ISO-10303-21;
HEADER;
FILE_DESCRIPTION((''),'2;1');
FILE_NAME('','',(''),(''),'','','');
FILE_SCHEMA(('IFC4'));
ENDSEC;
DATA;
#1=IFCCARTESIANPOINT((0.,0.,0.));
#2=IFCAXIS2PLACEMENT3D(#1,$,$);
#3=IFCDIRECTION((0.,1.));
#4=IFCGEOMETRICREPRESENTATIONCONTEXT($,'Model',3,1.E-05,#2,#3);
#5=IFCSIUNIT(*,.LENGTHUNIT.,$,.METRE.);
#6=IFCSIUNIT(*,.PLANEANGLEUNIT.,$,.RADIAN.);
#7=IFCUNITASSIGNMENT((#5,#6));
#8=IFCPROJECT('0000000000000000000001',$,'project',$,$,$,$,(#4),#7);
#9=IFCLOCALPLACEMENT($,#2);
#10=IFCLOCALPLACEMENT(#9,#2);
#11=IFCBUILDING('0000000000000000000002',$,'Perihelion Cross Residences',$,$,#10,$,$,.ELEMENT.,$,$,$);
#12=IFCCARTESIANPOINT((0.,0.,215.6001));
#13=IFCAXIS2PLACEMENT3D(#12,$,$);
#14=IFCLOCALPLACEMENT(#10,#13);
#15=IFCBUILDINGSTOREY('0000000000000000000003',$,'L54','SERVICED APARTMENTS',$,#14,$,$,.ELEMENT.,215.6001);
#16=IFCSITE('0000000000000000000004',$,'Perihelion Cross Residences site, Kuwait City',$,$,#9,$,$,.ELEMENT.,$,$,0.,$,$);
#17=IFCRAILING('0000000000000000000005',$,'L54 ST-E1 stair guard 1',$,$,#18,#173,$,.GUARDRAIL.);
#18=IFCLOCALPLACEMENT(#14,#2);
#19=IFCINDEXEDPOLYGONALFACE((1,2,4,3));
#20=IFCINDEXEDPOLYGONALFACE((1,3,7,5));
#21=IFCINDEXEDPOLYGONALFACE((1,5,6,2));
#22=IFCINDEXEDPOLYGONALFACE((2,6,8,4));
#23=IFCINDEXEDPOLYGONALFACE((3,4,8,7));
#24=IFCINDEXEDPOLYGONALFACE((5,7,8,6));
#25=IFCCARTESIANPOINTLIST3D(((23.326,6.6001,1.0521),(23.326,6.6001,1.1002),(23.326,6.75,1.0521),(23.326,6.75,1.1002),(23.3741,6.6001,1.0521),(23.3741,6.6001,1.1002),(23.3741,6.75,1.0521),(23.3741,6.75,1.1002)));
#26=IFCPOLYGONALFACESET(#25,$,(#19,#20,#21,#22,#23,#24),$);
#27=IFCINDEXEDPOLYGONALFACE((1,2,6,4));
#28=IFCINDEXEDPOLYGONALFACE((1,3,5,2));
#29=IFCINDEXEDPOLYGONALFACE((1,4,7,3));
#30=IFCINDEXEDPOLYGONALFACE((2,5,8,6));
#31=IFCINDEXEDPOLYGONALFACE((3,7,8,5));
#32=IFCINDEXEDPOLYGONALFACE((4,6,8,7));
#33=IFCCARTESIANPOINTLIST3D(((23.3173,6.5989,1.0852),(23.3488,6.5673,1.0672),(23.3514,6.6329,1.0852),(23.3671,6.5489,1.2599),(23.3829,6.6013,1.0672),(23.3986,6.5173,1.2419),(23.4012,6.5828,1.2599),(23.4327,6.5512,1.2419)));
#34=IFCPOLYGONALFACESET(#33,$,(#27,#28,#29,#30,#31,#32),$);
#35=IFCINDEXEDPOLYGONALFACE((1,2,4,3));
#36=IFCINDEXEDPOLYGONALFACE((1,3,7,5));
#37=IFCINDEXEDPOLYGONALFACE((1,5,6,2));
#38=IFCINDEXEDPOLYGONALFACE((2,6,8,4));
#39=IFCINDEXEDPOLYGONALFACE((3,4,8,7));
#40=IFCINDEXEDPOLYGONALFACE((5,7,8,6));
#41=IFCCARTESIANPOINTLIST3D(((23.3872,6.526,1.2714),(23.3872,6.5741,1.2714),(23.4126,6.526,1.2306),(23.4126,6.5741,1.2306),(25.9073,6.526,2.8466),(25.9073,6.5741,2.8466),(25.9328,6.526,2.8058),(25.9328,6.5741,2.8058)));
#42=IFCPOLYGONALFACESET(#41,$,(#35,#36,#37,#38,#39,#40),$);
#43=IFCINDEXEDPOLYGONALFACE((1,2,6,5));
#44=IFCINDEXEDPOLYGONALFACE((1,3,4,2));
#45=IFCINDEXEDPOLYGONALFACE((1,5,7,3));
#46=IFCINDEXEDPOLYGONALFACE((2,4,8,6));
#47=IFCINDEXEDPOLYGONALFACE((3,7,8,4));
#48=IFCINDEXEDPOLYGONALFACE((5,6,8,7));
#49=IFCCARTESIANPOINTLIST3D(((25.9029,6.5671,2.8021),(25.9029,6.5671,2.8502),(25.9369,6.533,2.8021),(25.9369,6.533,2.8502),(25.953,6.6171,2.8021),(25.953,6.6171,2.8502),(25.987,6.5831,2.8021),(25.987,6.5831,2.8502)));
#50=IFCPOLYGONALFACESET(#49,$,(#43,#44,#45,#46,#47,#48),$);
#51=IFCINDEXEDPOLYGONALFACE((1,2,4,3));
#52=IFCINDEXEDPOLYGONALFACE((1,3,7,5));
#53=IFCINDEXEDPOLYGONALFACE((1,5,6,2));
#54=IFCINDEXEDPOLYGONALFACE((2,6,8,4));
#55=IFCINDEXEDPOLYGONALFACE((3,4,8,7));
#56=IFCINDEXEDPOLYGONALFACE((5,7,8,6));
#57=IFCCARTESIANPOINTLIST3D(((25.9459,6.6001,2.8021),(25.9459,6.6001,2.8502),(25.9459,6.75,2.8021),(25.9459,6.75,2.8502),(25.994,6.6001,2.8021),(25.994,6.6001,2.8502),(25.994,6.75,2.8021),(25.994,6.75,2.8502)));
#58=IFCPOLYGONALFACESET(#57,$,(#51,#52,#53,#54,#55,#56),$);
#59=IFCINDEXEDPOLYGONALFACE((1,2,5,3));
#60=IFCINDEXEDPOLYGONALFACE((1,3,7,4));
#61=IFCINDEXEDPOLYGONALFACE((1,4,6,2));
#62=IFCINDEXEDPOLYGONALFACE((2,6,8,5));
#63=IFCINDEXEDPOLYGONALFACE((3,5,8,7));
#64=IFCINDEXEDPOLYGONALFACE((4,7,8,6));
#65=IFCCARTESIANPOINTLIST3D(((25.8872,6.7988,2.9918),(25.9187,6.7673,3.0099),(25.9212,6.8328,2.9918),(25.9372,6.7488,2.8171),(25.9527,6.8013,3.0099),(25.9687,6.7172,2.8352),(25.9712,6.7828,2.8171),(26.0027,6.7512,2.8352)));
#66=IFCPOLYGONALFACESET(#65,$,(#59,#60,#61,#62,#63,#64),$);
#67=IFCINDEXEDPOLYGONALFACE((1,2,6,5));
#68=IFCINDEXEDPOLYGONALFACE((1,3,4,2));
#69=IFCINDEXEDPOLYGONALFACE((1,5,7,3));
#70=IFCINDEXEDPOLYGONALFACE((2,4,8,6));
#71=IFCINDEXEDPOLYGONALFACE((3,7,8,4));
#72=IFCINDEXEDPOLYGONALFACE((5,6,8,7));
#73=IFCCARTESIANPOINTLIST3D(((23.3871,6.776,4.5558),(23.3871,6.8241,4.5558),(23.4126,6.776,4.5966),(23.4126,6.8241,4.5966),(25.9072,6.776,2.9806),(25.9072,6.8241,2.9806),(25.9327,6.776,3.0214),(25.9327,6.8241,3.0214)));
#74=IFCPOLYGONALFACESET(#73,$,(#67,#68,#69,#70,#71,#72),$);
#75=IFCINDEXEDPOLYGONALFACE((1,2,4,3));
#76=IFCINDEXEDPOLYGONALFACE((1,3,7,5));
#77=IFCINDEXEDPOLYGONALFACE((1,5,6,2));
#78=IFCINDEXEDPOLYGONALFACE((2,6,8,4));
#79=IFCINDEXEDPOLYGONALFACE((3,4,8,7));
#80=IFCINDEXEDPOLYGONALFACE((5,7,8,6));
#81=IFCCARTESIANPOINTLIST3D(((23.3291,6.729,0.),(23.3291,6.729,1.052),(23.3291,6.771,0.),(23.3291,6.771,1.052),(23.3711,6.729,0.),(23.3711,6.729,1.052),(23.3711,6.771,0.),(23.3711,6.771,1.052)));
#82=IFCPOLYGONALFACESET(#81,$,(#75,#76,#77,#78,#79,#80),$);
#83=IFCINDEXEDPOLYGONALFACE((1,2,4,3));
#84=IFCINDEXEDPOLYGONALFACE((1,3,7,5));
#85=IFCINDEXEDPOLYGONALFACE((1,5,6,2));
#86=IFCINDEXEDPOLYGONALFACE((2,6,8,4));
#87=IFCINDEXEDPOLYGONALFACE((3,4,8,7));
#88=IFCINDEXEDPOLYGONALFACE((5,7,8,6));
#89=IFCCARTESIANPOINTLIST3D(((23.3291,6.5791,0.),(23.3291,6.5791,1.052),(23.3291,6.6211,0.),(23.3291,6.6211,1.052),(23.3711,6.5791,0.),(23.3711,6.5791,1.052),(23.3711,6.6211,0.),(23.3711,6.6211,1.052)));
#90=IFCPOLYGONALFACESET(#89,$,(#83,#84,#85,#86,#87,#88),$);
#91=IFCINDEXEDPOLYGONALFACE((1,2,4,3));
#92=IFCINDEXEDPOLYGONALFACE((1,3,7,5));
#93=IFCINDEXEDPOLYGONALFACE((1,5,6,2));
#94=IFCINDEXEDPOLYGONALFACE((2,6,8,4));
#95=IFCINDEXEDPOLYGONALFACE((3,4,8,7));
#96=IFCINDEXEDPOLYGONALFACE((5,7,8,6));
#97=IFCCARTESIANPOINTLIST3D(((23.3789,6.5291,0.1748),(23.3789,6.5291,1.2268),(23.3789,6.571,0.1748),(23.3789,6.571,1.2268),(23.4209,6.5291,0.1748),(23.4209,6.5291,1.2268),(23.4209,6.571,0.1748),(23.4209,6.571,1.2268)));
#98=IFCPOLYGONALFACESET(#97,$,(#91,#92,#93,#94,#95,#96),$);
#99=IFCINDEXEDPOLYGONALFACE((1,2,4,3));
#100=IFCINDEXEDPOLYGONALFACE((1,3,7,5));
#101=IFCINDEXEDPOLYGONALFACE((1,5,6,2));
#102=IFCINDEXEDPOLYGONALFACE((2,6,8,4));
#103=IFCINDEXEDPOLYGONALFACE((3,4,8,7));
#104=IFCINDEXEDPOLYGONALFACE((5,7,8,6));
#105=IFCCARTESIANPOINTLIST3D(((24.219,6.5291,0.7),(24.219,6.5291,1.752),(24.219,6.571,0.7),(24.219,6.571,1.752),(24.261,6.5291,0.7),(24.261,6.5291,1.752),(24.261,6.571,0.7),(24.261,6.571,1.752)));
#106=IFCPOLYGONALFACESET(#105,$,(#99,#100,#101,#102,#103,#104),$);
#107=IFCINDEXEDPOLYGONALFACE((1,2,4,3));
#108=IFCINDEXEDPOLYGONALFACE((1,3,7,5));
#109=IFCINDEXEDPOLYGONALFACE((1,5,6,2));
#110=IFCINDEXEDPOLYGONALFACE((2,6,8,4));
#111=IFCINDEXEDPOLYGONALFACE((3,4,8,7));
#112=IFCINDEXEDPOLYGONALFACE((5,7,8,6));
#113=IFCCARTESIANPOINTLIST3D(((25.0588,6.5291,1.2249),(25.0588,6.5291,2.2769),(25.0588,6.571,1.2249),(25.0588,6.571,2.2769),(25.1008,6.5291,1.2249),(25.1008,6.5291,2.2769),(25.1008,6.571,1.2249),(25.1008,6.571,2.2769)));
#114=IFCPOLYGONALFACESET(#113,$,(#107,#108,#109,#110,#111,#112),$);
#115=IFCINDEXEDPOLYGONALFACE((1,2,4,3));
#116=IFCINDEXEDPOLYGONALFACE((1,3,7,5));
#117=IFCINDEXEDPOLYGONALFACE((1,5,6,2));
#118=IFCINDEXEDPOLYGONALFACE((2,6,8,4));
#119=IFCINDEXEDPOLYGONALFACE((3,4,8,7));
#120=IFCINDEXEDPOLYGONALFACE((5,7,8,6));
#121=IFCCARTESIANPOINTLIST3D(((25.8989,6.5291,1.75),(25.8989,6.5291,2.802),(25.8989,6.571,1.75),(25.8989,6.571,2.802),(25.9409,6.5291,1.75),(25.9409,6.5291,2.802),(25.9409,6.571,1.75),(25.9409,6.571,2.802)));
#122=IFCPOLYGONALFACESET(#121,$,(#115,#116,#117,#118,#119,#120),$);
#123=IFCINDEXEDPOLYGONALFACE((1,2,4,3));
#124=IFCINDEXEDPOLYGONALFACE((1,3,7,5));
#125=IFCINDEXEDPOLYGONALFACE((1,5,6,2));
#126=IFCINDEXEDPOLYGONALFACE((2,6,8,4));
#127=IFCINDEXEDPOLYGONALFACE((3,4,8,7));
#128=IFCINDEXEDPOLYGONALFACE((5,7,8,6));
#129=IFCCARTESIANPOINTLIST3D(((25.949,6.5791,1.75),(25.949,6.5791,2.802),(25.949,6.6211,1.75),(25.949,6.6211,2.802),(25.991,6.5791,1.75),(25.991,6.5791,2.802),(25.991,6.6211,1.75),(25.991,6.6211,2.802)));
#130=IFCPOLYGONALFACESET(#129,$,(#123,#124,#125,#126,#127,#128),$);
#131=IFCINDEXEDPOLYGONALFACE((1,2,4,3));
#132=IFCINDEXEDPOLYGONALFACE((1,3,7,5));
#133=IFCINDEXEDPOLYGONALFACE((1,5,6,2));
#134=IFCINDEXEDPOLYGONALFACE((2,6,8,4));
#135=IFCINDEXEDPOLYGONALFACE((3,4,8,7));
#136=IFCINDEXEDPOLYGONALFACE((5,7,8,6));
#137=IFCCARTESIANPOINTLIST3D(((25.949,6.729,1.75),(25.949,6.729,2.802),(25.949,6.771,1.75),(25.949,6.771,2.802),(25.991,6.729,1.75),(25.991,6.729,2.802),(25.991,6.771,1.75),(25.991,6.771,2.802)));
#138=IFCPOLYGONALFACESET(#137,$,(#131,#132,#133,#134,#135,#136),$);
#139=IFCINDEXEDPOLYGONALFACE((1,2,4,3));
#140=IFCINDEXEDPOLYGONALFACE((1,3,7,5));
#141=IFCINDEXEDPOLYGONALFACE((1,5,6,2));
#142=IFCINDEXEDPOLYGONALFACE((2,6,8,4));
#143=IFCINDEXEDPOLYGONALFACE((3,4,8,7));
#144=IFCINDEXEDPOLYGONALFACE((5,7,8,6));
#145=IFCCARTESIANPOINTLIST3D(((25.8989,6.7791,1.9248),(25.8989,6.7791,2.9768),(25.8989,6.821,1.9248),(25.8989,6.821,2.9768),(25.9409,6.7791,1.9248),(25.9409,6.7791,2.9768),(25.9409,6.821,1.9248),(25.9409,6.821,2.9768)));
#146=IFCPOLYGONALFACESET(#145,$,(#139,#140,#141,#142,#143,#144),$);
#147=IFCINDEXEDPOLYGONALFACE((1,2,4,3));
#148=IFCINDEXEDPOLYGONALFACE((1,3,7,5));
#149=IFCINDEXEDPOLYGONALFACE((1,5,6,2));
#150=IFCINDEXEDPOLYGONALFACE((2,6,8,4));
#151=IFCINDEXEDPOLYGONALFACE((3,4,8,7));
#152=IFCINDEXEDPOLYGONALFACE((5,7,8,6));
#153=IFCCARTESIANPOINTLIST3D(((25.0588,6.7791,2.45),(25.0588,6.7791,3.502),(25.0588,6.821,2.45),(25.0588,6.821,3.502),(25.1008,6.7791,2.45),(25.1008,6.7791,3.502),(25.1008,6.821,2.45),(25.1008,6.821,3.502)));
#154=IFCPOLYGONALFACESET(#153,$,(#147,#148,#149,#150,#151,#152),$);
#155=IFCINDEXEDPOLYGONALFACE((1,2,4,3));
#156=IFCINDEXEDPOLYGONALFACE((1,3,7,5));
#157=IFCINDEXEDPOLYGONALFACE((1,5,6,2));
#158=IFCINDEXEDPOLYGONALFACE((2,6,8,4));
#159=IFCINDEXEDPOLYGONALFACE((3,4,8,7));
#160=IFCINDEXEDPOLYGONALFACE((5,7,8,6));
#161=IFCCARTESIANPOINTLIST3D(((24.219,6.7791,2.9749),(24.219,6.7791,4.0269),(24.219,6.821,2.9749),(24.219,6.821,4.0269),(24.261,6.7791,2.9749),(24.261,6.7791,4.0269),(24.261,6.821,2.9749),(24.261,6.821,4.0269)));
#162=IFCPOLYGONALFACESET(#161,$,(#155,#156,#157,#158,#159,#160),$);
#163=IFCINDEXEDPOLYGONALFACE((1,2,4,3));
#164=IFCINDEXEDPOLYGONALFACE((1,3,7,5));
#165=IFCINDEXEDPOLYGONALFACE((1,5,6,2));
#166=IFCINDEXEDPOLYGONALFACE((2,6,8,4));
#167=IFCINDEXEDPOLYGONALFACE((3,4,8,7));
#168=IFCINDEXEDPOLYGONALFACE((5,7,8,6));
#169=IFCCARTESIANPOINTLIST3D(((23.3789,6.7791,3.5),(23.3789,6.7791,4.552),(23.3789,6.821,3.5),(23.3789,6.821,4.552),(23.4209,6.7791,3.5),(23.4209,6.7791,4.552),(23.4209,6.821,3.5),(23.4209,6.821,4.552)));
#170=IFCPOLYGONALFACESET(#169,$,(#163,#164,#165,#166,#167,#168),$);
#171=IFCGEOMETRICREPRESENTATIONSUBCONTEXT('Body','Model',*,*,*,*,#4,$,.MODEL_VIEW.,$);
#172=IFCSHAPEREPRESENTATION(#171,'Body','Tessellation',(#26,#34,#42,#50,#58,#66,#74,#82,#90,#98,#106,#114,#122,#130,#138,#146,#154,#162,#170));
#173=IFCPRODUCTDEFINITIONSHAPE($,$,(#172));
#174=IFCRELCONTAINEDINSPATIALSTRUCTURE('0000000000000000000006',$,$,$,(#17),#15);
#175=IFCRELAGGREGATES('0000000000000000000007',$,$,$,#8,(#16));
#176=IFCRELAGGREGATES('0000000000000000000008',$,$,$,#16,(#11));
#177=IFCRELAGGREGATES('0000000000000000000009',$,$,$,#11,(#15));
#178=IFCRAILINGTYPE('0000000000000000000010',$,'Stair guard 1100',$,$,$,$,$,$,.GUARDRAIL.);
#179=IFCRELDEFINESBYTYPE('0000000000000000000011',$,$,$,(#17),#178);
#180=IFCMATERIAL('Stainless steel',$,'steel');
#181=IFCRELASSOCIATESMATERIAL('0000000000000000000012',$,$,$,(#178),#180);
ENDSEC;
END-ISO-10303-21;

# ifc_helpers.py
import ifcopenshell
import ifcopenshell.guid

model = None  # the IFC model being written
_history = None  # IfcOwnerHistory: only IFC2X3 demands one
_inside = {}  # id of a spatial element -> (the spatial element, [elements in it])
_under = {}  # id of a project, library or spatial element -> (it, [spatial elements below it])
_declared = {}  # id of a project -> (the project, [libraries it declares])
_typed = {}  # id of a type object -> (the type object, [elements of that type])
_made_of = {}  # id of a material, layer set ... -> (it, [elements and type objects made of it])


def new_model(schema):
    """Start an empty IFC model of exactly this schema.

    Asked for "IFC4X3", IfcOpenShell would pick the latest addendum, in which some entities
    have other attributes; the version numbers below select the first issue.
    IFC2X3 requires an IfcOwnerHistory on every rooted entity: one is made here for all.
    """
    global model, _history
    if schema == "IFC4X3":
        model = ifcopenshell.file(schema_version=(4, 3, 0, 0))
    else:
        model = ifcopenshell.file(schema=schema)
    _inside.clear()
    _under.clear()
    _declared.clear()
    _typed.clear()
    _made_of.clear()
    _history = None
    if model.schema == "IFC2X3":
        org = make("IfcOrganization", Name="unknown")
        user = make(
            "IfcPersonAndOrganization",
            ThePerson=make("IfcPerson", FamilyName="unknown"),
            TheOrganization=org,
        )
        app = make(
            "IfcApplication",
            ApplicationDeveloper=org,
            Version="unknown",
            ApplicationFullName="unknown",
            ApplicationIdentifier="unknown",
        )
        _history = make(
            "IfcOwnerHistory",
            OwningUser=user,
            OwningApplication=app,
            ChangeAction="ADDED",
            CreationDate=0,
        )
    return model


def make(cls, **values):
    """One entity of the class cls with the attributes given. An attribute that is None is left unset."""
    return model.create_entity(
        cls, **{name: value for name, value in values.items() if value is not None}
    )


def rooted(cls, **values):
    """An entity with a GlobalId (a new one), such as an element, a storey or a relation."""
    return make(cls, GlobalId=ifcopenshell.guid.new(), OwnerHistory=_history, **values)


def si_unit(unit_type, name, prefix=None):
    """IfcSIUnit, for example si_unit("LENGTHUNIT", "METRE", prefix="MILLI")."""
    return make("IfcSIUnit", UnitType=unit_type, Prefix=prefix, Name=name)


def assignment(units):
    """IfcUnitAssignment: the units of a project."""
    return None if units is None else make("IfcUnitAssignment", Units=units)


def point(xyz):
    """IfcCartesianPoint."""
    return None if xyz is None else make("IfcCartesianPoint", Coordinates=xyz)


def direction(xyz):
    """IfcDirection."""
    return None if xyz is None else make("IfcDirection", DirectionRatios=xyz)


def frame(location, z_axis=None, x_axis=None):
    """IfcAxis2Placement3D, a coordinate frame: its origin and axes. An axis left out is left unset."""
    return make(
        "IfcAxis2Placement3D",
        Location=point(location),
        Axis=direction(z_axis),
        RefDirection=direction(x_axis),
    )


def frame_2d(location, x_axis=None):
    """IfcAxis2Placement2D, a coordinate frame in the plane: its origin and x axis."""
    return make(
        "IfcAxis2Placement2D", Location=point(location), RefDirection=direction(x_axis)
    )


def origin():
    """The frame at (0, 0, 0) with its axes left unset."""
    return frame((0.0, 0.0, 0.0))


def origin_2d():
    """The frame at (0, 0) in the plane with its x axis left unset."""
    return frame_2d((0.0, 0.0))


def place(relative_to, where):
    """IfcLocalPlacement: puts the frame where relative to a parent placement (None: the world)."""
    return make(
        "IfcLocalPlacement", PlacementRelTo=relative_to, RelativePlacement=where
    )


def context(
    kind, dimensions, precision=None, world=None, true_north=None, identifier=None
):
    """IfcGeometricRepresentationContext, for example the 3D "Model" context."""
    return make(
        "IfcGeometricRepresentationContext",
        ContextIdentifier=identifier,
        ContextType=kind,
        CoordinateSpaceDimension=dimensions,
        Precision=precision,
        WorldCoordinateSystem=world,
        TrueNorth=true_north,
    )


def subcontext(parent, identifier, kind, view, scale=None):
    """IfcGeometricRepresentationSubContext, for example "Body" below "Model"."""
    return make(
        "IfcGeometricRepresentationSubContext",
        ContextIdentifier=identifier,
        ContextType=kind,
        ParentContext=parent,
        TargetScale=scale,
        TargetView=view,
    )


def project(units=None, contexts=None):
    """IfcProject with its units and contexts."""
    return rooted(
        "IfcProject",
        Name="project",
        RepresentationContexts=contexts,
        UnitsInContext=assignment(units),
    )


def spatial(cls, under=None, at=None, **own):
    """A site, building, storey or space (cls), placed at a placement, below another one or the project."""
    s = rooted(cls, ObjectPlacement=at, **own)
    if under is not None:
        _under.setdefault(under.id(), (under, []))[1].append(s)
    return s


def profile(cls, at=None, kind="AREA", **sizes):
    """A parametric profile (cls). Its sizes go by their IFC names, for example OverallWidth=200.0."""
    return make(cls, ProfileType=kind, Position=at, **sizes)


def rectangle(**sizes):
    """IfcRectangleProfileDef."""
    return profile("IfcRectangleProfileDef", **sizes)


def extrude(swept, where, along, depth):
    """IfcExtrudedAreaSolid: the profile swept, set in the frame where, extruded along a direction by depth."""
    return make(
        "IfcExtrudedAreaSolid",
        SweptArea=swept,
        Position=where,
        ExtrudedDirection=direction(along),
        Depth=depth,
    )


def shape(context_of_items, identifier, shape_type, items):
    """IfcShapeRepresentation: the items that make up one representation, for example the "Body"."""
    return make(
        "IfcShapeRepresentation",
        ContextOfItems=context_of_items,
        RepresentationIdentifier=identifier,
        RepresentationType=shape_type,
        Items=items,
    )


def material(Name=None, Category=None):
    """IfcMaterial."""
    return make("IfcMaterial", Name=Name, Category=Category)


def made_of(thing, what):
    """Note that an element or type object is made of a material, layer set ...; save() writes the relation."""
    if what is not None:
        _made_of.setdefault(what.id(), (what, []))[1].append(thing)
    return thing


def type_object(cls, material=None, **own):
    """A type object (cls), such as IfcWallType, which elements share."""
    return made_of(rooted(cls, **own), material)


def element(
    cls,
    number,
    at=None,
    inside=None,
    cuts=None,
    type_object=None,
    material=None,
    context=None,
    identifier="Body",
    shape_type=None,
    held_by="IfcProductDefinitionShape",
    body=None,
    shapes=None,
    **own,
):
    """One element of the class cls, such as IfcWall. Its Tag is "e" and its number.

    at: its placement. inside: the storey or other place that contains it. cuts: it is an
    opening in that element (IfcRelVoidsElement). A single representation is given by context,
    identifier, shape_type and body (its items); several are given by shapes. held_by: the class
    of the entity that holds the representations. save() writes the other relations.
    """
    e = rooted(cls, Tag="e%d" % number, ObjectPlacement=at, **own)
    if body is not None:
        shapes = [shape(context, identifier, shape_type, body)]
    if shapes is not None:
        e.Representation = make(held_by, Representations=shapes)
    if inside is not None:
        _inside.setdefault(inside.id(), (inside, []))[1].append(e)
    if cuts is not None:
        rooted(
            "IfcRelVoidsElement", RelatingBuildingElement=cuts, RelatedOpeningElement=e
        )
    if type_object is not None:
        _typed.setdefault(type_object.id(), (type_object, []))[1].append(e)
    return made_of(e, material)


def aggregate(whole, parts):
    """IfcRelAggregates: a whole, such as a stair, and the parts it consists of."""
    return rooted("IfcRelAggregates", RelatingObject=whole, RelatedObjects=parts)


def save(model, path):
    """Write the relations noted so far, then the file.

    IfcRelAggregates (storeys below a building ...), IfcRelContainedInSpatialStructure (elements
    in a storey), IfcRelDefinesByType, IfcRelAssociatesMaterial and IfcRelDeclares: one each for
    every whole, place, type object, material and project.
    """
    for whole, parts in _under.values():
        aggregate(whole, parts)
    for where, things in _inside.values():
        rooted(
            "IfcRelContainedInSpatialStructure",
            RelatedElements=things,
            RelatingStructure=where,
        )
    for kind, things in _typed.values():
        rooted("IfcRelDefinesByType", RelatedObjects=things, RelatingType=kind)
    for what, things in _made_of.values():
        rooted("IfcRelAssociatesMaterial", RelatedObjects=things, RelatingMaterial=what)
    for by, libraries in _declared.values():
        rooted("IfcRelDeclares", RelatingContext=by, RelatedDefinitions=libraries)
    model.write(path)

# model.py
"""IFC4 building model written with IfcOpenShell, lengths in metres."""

from ifc_helpers import new_model, si_unit, direction, frame, origin, origin_2d, place, context, subcontext, project, spatial, rectangle, extrude, material, type_object, element, save


model = new_model("IFC4")

# Units and contexts
model_context = context("Model", 3, precision=1e-05, world=origin(), true_north=direction((0.0, 1.0)))
body_context = subcontext(model_context, "Body", "Model", "MODEL_VIEW")
ifc_project = project(units=[si_unit("LENGTHUNIT", "METRE"), si_unit("PLANEANGLEUNIT", "RADIAN")], contexts=[model_context])

# Site, building, storey
site_placement = place(None, origin())
site = spatial("IfcSite", under=ifc_project, at=site_placement, Name="Perihelion Cross Residences site, Kuwait City", CompositionType="ELEMENT", RefElevation=0.0)
building_placement = place(site_placement, origin())
building = spatial("IfcBuilding", under=site, at=building_placement, Name="Perihelion Cross Residences", CompositionType="ELEMENT")
storey_placement = place(building_placement, frame((0.0, 0.0, 215.6001)))
storey = spatial("IfcBuildingStorey", under=building, at=storey_placement, Name="L54", Description="SERVICED APARTMENTS", CompositionType="ELEMENT", Elevation=215.6001)

# Railing
ifc_material_1 = material(Name="Stainless steel", Category="steel")
railing_type_1 = type_object("IfcRailingType", Name="Stair guard 1100", PredefinedType="GUARDRAIL", material=ifc_material_1)
railing_1_placement = place(storey_placement, frame((23.3501, 6.75, 0.0)))
element("IfcRailing", 1, at=railing_1_placement, inside=storey, type_object=railing_type_1, Name="L54 ST-E1 stair guard 1", PredefinedType="GUARDRAIL", context=body_context, shape_type="SweptSolid", body=[
    extrude(rectangle(XDim=0.0481, YDim=0.0481, at=origin_2d()), frame((0.0, 0.0, 1.0762), z_axis=(0.0, -1.0, 0.0), x_axis=(1.0, 0.0, 0.0)), (0.0, 0.0, 1.0), 0.1499),
    extrude(rectangle(XDim=0.0481, YDim=0.0481, at=origin_2d()), frame((0.0, -0.1499, 1.0762), z_axis=(0.264179, -0.265474, 0.927218), x_axis=(0.708834, 0.705376, 0.0)), (0.0, 0.0, 1.0), 0.1885),
    extrude(rectangle(XDim=0.0481, YDim=0.0481, at=origin_2d()), frame((0.0498, -0.2, 1.251), z_axis=(0.847971, 0.0, 0.530043), x_axis=(0.0, 1.0, 0.0)), (0.0, 0.0, 1.0), 2.9719),
    extrude(rectangle(XDim=0.0481, YDim=0.0481, at=origin_2d()), frame((2.5698, -0.2, 2.8262), z_axis=(0.707107, 0.707107, 0.0), x_axis=(-0.707107, 0.707107, 0.0)), (0.0, 0.0, 1.0), 0.0708),
    extrude(rectangle(XDim=0.0481, YDim=0.0481, at=origin_2d()), frame((2.6199, -0.1499, 2.8262), z_axis=(0.0, 1.0, 0.0), x_axis=(-1.0, 0.0, 0.0)), (0.0, 0.0, 1.0), 0.1499),
    extrude(rectangle(XDim=0.0481, YDim=0.0481, at=origin_2d()), frame((2.6199, 0.0, 2.8262), z_axis=(-0.265383, 0.265383, 0.9269), x_axis=(-0.707107, -0.707107, 0.0)), (0.0, 0.0, 1.0), 0.1885),
    extrude(rectangle(XDim=0.0481, YDim=0.0481, at=origin_2d()), frame((2.5698, 0.05, 3.001), z_axis=(-0.847971, 0.0, 0.530043), x_axis=(0.0, -1.0, 0.0)), (0.0, 0.0, 1.0), 2.9719),
    extrude(rectangle(XDim=0.042, YDim=0.042, at=origin_2d()), origin(), (0.0, 0.0, 1.0), 1.052),
    extrude(rectangle(XDim=0.042, YDim=0.042, at=origin_2d()), frame((0.0, -0.1499, 0.0)), (0.0, 0.0, 1.0), 1.052),
    extrude(rectangle(XDim=0.042, YDim=0.042, at=origin_2d()), frame((0.0498, -0.2, 0.1748)), (0.0, 0.0, 1.0), 1.052),
    extrude(rectangle(XDim=0.042, YDim=0.042, at=origin_2d()), frame((0.8899, -0.2, 0.7)), (0.0, 0.0, 1.0), 1.052),
    extrude(rectangle(XDim=0.042, YDim=0.042, at=origin_2d()), frame((1.7297, -0.2, 1.2249)), (0.0, 0.0, 1.0), 1.052),
    extrude(rectangle(XDim=0.042, YDim=0.042, at=origin_2d()), frame((2.5698, -0.2, 1.75)), (0.0, 0.0, 1.0), 1.052),
    extrude(rectangle(XDim=0.042, YDim=0.042, at=origin_2d()), frame((2.6199, -0.1499, 1.75)), (0.0, 0.0, 1.0), 1.052),
    extrude(rectangle(XDim=0.042, YDim=0.042, at=origin_2d()), frame((2.6199, 0.0, 1.75)), (0.0, 0.0, 1.0), 1.052),
    extrude(rectangle(XDim=0.042, YDim=0.042, at=origin_2d()), frame((2.5698, 0.05, 1.9248)), (0.0, 0.0, 1.0), 1.052),
    extrude(rectangle(XDim=0.042, YDim=0.042, at=origin_2d()), frame((1.7297, 0.05, 2.45)), (0.0, 0.0, 1.0), 1.052),
    extrude(rectangle(XDim=0.042, YDim=0.042, at=origin_2d()), frame((0.8899, 0.05, 2.9749)), (0.0, 0.0, 1.0), 1.052),
    extrude(rectangle(XDim=0.042, YDim=0.042, at=origin_2d()), frame((0.0498, 0.05, 3.5)), (0.0, 0.0, 1.0), 1.052),
])

save(model, "model.ifc")
